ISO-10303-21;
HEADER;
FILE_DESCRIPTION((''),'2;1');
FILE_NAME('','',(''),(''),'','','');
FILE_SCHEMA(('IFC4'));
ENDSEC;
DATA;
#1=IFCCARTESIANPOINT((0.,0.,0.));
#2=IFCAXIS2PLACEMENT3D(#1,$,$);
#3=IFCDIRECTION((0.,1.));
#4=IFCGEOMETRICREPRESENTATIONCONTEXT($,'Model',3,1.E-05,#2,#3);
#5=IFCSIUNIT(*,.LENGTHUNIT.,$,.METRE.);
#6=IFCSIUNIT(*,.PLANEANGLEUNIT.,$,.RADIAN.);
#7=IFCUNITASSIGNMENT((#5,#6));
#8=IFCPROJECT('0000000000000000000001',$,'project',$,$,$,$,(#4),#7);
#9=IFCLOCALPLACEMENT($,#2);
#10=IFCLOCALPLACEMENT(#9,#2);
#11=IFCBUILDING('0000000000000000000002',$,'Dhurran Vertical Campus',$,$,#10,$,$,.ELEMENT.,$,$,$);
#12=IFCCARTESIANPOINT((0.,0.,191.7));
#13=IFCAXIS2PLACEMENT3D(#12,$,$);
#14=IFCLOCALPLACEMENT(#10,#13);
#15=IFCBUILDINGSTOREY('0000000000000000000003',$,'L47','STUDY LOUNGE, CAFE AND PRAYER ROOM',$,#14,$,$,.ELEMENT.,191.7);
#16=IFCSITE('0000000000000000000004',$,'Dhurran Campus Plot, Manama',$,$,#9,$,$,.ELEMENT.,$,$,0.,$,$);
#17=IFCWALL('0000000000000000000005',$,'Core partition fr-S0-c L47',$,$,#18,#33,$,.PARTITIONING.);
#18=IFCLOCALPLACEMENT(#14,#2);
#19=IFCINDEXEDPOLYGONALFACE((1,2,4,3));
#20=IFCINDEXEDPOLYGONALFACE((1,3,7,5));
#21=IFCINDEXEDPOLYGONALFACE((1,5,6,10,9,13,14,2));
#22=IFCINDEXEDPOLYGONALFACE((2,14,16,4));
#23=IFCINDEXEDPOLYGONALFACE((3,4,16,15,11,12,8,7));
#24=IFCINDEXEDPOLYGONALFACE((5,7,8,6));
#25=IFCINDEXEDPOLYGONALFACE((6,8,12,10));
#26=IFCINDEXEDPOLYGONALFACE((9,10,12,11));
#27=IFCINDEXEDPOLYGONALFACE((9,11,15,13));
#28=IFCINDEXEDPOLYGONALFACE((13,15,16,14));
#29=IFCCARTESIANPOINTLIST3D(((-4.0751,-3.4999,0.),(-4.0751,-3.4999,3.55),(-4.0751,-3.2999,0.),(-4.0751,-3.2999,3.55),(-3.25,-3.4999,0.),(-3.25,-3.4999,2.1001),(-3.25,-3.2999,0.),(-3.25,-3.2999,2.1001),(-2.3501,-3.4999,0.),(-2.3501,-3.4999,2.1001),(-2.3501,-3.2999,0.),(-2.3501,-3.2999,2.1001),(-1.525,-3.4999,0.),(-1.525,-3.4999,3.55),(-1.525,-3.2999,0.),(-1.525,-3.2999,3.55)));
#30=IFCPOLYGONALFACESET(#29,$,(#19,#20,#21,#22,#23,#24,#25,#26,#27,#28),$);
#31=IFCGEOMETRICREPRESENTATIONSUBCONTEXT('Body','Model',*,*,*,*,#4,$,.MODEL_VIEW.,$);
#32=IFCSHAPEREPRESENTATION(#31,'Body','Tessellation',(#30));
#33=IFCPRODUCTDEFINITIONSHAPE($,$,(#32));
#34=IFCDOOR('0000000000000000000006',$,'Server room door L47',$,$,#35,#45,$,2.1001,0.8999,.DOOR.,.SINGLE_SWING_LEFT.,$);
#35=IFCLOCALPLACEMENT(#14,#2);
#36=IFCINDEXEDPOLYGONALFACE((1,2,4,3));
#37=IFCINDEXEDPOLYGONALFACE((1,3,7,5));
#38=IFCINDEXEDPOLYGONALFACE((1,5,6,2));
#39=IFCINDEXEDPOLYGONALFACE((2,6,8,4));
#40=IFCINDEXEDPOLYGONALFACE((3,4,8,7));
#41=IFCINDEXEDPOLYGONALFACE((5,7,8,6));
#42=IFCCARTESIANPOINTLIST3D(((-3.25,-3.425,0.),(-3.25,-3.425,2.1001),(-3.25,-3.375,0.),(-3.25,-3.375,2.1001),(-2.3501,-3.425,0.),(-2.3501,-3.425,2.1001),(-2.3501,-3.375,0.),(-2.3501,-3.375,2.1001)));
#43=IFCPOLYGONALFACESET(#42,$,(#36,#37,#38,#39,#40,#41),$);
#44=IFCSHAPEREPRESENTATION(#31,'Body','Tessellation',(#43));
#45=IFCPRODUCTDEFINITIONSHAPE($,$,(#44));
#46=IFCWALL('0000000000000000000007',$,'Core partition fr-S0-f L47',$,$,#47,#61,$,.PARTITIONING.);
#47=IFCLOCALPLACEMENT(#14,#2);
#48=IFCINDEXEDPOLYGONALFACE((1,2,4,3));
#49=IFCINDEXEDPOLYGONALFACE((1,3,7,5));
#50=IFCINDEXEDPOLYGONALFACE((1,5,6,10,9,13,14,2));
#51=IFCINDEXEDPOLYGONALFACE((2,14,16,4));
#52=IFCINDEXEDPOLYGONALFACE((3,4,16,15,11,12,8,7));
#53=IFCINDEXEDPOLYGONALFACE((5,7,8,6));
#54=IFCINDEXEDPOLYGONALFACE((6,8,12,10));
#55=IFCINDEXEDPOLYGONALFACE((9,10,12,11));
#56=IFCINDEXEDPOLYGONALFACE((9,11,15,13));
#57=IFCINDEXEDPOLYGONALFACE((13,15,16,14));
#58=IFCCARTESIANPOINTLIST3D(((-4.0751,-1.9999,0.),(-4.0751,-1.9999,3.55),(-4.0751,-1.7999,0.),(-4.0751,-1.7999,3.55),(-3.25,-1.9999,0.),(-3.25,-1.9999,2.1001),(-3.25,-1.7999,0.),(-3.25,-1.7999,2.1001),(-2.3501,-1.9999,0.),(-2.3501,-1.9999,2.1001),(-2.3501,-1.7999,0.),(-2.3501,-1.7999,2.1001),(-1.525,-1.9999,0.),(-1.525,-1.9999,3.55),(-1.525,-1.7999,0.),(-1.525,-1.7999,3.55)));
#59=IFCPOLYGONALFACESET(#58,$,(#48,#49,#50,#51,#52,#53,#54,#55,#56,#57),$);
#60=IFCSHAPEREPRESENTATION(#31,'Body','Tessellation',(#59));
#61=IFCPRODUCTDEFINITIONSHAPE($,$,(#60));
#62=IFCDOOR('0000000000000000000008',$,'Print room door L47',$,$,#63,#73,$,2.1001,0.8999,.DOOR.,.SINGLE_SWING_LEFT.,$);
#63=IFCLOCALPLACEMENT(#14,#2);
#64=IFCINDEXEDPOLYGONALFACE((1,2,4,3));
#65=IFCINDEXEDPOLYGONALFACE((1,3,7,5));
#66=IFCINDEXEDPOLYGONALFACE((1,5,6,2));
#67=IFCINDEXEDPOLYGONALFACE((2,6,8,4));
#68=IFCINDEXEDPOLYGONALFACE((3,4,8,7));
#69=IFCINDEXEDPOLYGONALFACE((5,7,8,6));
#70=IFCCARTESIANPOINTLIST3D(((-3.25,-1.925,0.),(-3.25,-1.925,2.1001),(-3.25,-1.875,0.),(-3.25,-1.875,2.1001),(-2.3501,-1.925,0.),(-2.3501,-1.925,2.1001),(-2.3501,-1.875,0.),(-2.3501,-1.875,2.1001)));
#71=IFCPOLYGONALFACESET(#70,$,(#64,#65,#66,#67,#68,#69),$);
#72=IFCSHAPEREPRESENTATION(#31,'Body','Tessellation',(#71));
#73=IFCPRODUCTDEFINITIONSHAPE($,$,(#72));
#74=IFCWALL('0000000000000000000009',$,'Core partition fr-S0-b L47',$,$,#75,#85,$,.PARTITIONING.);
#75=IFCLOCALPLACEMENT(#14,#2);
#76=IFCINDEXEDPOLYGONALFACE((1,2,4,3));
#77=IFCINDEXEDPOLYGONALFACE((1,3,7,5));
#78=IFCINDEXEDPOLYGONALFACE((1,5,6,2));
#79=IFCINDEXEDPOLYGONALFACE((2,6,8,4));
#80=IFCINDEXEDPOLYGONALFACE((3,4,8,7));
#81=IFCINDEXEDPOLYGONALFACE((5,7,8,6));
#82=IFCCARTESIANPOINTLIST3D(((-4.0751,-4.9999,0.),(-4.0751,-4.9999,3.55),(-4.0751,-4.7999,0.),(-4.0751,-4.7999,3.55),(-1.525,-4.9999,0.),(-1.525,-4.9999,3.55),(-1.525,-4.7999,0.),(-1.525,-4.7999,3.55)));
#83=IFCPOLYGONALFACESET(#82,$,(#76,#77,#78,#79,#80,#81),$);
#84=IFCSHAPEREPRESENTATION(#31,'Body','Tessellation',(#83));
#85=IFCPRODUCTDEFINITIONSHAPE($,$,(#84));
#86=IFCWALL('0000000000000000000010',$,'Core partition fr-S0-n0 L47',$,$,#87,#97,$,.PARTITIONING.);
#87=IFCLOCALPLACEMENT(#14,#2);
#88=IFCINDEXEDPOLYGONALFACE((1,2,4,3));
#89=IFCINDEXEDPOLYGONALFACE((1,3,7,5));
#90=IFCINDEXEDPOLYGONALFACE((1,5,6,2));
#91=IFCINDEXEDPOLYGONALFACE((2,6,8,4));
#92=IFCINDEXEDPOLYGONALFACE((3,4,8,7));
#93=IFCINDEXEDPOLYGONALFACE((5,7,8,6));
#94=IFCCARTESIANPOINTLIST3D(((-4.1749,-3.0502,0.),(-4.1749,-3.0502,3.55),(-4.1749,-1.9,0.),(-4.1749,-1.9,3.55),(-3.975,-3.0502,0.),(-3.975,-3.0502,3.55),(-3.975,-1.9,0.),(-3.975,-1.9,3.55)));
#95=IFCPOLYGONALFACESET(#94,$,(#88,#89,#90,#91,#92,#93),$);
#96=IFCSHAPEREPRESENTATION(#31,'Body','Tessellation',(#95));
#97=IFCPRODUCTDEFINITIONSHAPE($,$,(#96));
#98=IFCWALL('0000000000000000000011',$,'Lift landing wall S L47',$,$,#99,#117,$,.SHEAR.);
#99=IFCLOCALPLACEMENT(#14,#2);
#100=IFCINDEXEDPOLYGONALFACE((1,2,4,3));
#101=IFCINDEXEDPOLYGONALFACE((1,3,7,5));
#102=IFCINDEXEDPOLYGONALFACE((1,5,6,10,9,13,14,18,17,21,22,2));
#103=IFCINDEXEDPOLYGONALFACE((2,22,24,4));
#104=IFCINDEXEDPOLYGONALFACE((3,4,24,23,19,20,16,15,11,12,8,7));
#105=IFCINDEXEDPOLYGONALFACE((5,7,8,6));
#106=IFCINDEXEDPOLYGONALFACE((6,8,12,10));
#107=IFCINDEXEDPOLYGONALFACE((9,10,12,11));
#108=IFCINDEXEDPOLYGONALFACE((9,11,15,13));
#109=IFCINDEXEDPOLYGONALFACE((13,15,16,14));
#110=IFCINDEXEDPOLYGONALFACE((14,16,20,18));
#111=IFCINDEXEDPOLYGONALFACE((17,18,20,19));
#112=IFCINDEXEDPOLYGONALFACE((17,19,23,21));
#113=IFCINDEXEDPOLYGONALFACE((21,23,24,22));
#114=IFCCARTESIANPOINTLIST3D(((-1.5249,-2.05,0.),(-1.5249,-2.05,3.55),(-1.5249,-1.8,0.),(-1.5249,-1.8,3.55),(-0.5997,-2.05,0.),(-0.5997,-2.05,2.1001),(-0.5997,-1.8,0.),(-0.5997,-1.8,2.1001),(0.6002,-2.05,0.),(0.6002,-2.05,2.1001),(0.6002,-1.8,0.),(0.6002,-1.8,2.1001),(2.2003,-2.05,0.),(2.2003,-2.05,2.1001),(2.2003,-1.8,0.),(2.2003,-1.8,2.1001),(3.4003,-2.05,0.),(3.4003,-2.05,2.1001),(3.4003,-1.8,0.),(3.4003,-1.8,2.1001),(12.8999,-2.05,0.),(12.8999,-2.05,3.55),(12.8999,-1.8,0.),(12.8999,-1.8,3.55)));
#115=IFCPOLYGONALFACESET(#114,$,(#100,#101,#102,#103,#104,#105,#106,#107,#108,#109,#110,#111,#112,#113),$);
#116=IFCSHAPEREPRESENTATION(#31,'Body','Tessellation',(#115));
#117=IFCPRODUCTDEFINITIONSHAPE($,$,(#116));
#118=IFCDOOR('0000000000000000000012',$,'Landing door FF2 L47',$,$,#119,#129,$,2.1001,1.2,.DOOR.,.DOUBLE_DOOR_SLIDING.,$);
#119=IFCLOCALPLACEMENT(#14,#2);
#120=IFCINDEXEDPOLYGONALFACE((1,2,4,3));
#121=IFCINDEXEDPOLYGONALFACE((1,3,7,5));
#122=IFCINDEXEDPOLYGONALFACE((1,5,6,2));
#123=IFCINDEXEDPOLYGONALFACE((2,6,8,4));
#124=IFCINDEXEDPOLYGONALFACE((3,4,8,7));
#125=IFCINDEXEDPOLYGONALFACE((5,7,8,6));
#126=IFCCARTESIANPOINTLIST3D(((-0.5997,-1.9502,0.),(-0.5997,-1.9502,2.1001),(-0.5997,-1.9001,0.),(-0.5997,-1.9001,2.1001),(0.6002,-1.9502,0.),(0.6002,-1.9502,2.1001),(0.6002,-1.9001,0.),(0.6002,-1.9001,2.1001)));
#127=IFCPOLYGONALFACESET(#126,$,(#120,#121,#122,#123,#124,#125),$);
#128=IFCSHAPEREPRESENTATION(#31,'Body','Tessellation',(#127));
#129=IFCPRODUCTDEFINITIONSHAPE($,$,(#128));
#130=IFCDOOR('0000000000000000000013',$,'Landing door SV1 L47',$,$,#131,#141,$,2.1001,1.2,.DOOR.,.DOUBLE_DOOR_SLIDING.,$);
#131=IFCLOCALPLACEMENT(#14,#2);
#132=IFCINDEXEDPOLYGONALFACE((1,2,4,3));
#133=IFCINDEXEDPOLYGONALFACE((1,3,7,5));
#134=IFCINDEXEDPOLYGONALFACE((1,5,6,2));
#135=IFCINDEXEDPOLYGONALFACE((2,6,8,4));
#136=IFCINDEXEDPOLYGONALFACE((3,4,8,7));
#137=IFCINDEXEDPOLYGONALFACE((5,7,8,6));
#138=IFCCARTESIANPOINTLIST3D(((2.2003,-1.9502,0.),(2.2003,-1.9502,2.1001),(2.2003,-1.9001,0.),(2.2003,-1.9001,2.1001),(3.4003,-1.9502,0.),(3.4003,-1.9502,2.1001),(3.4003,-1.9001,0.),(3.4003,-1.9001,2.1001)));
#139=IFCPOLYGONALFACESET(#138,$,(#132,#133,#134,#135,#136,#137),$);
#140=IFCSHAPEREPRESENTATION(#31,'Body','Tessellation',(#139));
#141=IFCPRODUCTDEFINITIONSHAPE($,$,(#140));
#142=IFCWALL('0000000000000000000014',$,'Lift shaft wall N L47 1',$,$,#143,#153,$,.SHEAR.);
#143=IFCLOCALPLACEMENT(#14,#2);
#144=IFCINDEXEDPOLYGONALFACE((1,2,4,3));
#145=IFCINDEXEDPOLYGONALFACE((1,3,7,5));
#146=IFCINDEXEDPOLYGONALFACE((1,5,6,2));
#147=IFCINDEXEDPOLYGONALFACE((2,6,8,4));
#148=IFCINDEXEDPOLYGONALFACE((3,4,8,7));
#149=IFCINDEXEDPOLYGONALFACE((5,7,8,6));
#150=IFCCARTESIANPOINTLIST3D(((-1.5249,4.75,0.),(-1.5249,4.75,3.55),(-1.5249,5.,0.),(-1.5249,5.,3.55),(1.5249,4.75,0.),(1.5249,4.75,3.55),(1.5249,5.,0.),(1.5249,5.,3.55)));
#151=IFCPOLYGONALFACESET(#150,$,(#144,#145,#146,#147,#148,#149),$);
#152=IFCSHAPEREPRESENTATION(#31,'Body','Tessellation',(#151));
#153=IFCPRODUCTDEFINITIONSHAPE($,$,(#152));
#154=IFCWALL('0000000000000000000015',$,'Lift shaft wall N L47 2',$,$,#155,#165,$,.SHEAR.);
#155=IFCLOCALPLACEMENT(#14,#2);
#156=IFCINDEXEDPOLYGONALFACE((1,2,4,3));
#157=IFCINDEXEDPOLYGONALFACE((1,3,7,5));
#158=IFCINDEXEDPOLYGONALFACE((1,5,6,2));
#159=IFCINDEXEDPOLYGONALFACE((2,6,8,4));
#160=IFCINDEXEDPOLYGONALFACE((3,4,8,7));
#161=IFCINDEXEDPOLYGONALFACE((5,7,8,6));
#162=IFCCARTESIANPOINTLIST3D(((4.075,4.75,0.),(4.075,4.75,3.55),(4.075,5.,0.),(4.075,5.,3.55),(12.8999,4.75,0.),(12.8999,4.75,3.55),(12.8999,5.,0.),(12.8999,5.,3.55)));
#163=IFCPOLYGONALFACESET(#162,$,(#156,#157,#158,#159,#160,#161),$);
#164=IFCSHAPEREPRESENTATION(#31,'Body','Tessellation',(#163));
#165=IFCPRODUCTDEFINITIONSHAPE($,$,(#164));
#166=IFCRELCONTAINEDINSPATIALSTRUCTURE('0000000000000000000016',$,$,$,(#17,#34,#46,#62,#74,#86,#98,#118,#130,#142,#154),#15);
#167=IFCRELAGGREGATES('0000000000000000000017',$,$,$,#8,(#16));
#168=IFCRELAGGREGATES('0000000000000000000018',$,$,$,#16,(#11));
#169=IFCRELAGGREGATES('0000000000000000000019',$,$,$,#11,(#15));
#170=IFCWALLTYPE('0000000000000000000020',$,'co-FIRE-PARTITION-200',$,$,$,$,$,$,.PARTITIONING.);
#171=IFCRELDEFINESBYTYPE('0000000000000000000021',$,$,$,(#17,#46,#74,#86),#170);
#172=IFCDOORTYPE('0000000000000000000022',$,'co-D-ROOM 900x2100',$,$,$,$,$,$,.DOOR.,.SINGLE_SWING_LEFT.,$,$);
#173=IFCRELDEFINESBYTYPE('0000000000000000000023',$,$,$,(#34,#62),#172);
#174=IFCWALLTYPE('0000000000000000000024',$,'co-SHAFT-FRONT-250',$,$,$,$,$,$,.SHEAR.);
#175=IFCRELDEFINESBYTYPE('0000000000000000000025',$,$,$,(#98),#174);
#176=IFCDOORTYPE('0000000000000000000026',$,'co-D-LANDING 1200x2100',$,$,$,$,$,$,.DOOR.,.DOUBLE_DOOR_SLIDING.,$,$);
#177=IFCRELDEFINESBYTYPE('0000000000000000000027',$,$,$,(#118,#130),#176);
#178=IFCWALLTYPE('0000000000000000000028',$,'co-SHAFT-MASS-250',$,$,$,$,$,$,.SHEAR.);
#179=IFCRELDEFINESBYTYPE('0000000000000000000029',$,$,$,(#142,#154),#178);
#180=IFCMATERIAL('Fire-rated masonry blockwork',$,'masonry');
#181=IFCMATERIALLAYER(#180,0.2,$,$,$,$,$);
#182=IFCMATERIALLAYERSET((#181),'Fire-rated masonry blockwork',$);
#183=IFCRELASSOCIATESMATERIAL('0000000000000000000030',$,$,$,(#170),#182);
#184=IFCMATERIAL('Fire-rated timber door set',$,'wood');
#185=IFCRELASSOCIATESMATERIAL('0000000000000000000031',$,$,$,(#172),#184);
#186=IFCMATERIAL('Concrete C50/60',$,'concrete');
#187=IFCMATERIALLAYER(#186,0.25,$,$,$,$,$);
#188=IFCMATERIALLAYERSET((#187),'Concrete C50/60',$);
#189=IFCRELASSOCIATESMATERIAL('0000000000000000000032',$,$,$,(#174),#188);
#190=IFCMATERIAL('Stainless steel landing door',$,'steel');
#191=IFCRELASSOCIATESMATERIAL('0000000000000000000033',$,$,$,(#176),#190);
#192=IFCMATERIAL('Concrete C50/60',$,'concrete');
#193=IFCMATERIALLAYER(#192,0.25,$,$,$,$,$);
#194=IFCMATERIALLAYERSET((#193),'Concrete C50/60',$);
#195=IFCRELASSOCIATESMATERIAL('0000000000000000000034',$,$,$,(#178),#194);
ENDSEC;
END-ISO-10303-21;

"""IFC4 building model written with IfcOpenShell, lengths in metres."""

from ifc_helpers import new_model, si_unit, direction, frame, frame_2d, origin, place, context, subcontext, project, spatial, polyline, rectangle, outline, extrude, material, layer, layer_set, type_object, element, fill, save


model = new_model("IFC4")

# Units and contexts
model_context = context("Model", 3, precision=1e-05, world=origin(), true_north=direction((0.0, 1.0)))
body_context = subcontext(model_context, "Body", "Model", "MODEL_VIEW")
ifc_project = project(units=[si_unit("LENGTHUNIT", "METRE"), si_unit("PLANEANGLEUNIT", "RADIAN")], contexts=[model_context])

# Site, building, storey
site_placement = place(None, origin())
site = spatial("IfcSite", under=ifc_project, at=site_placement, Name="Dhurran Campus Plot, Manama", CompositionType="ELEMENT", RefElevation=0.0)
building_placement = place(site_placement, origin())
building = spatial("IfcBuilding", under=site, at=building_placement, Name="Dhurran Vertical Campus", CompositionType="ELEMENT")
storey_placement = place(building_placement, frame((0.0, 0.0, 191.7)))
storey = spatial("IfcBuildingStorey", under=building, at=storey_placement, Name="L47", Description="STUDY LOUNGE, CAFE AND PRAYER ROOM", CompositionType="ELEMENT", Elevation=191.7)

# Shared definitions
ifc_material_1 = material(Name="Fire-rated masonry blockwork", Category="masonry")
ifc_layer_1 = layer(ifc_material_1, 0.2)
ifc_layer_set_1 = layer_set([ifc_layer_1], Name="Fire-rated masonry blockwork")
wall_type_1 = type_object("IfcWallType", Name="co-FIRE-PARTITION-200", PredefinedType="PARTITIONING", material=ifc_layer_set_1)

# Walls, openings, doors
wall_1_placement = place(storey_placement, frame((-4.075, -3.3999, 0.0), z_axis=(0.0, 0.0, 1.0), x_axis=(1.0, 0.0, 0.0)))
wall_1 = element("IfcWall", 1, at=wall_1_placement, inside=storey, type_object=wall_type_1, Name="Core partition fr-S0-c L47", PredefinedType="PARTITIONING", context=body_context, shape_type="SweptSolid", body=[
    extrude(rectangle(XDim=2.55, YDim=0.2, at=frame_2d((1.2749, 0.0))), origin(), (0.0, 0.0, 1.0), 3.55),
])
opening_1_placement = place(wall_1_placement, frame((0.825, 0.0, 0.0)))
opening_1 = element("IfcOpeningElement", 2, at=opening_1_placement, cuts=wall_1, PredefinedType="OPENING", context=body_context, shape_type="SweptSolid", body=[
    extrude(rectangle(XDim=0.8999, YDim=2.1001, at=frame_2d((0.45, 1.05))), frame((0.0, 0.1099, 0.0), z_axis=(0.0, -1.0, 0.0), x_axis=(1.0, 0.0, 0.0)), (0.0, 0.0, 1.0), 0.22),
])
ifc_material_2 = material(Name="Fire-rated timber door set", Category="wood")
door_type_1 = type_object("IfcDoorType", Name="co-D-ROOM 900x2100", OperationType="SINGLE_SWING_LEFT", PredefinedType="DOOR", material=ifc_material_2)
door_1_placement = place(opening_1_placement, origin())
door_1 = element("IfcDoor", 3, at=door_1_placement, inside=storey, type_object=door_type_1, Name="Server room door L47", OperationType="SINGLE_SWING_LEFT", OverallHeight=2.1001, OverallWidth=0.8999, PredefinedType="DOOR", context=body_context, shape_type="SweptSolid", body=[
    extrude(rectangle(XDim=0.8999, YDim=2.1001, at=frame_2d((0.45, 1.05))), frame((0.0, 0.0249, 0.0), z_axis=(0.0, -1.0, 0.0), x_axis=(1.0, 0.0, 0.0)), (0.0, 0.0, 1.0), 0.05),
])
fill(opening_1, door_1)
wall_2_placement = place(storey_placement, frame((-4.075, -1.8999, 0.0), z_axis=(0.0, 0.0, 1.0), x_axis=(1.0, 0.0, 0.0)))
wall_2 = element("IfcWall", 4, at=wall_2_placement, inside=storey, type_object=wall_type_1, Name="Core partition fr-S0-f L47", PredefinedType="PARTITIONING", context=body_context, shape_type="SweptSolid", body=[
    extrude(rectangle(XDim=2.55, YDim=0.2, at=frame_2d((1.2749, 0.0))), origin(), (0.0, 0.0, 1.0), 3.55),
])
opening_2_placement = place(wall_2_placement, frame((0.825, 0.0, 0.0)))
opening_2 = element("IfcOpeningElement", 5, at=opening_2_placement, cuts=wall_2, PredefinedType="OPENING", context=body_context, shape_type="SweptSolid", body=[
    extrude(rectangle(XDim=0.8999, YDim=2.1001, at=frame_2d((0.45, 1.05))), frame((0.0, 0.1099, 0.0), z_axis=(0.0, -1.0, 0.0), x_axis=(1.0, 0.0, 0.0)), (0.0, 0.0, 1.0), 0.22),
])
door_2_placement = place(opening_2_placement, origin())
door_2 = element("IfcDoor", 6, at=door_2_placement, inside=storey, type_object=door_type_1, Name="Print room door L47", OperationType="SINGLE_SWING_LEFT", OverallHeight=2.1001, OverallWidth=0.8999, PredefinedType="DOOR", context=body_context, shape_type="SweptSolid", body=[
    extrude(rectangle(XDim=0.8999, YDim=2.1001, at=frame_2d((0.45, 1.05))), frame((0.0, 0.0249, 0.0), z_axis=(0.0, -1.0, 0.0), x_axis=(1.0, 0.0, 0.0)), (0.0, 0.0, 1.0), 0.05),
])
fill(opening_2, door_2)

# Walls
wall_3_placement = place(storey_placement, frame((-4.075, -4.8999, 0.0), z_axis=(0.0, 0.0, 1.0), x_axis=(1.0, 0.0, 0.0)))
element("IfcWall", 7, at=wall_3_placement, inside=storey, type_object=wall_type_1, Name="Core partition fr-S0-b L47", PredefinedType="PARTITIONING", context=body_context, shape_type="SweptSolid", body=[
    extrude(rectangle(XDim=2.55, YDim=0.2, at=frame_2d((1.2749, 0.0))), origin(), (0.0, 0.0, 1.0), 3.55),
])
wall_4_placement = place(storey_placement, frame((-4.075, -1.8999, 0.0), z_axis=(0.0, 0.0, 1.0), x_axis=(0.0, -1.0, 0.0)))
element("IfcWall", 8, at=wall_4_placement, inside=storey, type_object=wall_type_1, Name="Core partition fr-S0-n0 L47", PredefinedType="PARTITIONING", context=body_context, shape_type="SweptSolid", body=[
    extrude(rectangle(XDim=1.1501, YDim=0.2, at=frame_2d((0.5752, 0.0))), origin(), (0.0, 0.0, 1.0), 3.55),
])

# Wall, openings, doors
ifc_material_3 = material(Name="Concrete C50/60", Category="concrete")
ifc_layer_2 = layer(ifc_material_3, 0.25)
ifc_layer_set_2 = layer_set([ifc_layer_2], Name="Concrete C50/60")
wall_type_2 = type_object("IfcWallType", Name="co-SHAFT-FRONT-250", PredefinedType="SHEAR", material=ifc_layer_set_2)
wall_5_placement = place(storey_placement, frame((-1.5249, -1.925, 0.0), z_axis=(0.0, 0.0, 1.0), x_axis=(1.0, 0.0, 0.0)))
wall_5 = element("IfcWall", 9, at=wall_5_placement, inside=storey, type_object=wall_type_2, Name="Lift landing wall S L47", PredefinedType="SHEAR", context=body_context, shape_type="SweptSolid", body=[
    extrude(rectangle(XDim=14.4248, YDim=0.25, at=frame_2d((7.2124, 0.0))), origin(), (0.0, 0.0, 1.0), 3.55),
])
opening_3_placement = place(wall_5_placement, frame((0.925, 0.0, 0.0)))
opening_3 = element("IfcOpeningElement", 10, at=opening_3_placement, cuts=wall_5, PredefinedType="OPENING", context=body_context, shape_type="SweptSolid", body=[
    extrude(rectangle(XDim=1.2, YDim=2.1001, at=frame_2d((0.6001, 1.05))), frame((0.0, 0.135, 0.0), z_axis=(0.0, -1.0, 0.0), x_axis=(1.0, 0.0, 0.0)), (0.0, 0.0, 1.0), 0.27),
])
opening_4_placement = place(wall_5_placement, frame((3.7251, 0.0, 0.0)))
opening_4 = element("IfcOpeningElement", 11, at=opening_4_placement, cuts=wall_5, PredefinedType="OPENING", context=body_context, shape_type="SweptSolid", body=[
    extrude(rectangle(XDim=1.2, YDim=2.1001, at=frame_2d((0.6001, 1.05))), frame((0.0, 0.135, 0.0), z_axis=(0.0, -1.0, 0.0), x_axis=(1.0, 0.0, 0.0)), (0.0, 0.0, 1.0), 0.27),
])
ifc_material_4 = material(Name="Stainless steel landing door", Category="steel")
door_type_2 = type_object("IfcDoorType", Name="co-D-LANDING 1200x2100", OperationType="DOUBLE_DOOR_SLIDING", PredefinedType="DOOR", material=ifc_material_4)
door_3_placement = place(opening_3_placement, origin())
door_3 = element("IfcDoor", 12, at=door_3_placement, inside=storey, type_object=door_type_2, Name="Landing door FF2 L47", OperationType="DOUBLE_DOOR_SLIDING", OverallHeight=2.1001, OverallWidth=1.2, PredefinedType="DOOR", context=body_context, shape_type="SweptSolid", body=[
    extrude(rectangle(XDim=1.2, YDim=2.1001, at=frame_2d((0.6001, 1.05))), frame((0.0, 0.0249, 0.0), z_axis=(0.0, -1.0, 0.0), x_axis=(1.0, 0.0, 0.0)), (0.0, 0.0, 1.0), 0.05),
])
fill(opening_3, door_3)
door_4_placement = place(opening_4_placement, origin())
door_4 = element("IfcDoor", 13, at=door_4_placement, inside=storey, type_object=door_type_2, Name="Landing door SV1 L47", OperationType="DOUBLE_DOOR_SLIDING", OverallHeight=2.1001, OverallWidth=1.2, PredefinedType="DOOR", context=body_context, shape_type="SweptSolid", body=[
    extrude(rectangle(XDim=1.2, YDim=2.1001, at=frame_2d((0.6001, 1.05))), frame((0.0, 0.0249, 0.0), z_axis=(0.0, -1.0, 0.0), x_axis=(1.0, 0.0, 0.0)), (0.0, 0.0, 1.0), 0.05),
])
fill(opening_4, door_4)

# Walls
ifc_material_5 = material(Name="Concrete C50/60", Category="concrete")
ifc_layer_3 = layer(ifc_material_5, 0.25)
ifc_layer_set_3 = layer_set([ifc_layer_3], Name="Concrete C50/60")
wall_type_3 = type_object("IfcWallType", Name="co-SHAFT-MASS-250", PredefinedType="SHEAR", material=ifc_layer_set_3)
wall_6_placement = place(storey_placement, origin())
element("IfcWall", 14, at=wall_6_placement, inside=storey, type_object=wall_type_3, Name="Lift shaft wall N L47 1", PredefinedType="SHEAR", context=body_context, shape_type="SweptSolid", body=[
    extrude(outline(polyline([(-1.5249, 4.75), (1.5249, 4.75), (1.5249, 5.0), (-1.5249, 5.0), (-1.5249, 4.75)])), origin(), (0.0, 0.0, 1.0), 3.55),
])
wall_7_placement = place(storey_placement, origin())
element("IfcWall", 15, at=wall_7_placement, inside=storey, type_object=wall_type_3, Name="Lift shaft wall N L47 2", PredefinedType="SHEAR", context=body_context, shape_type="SweptSolid", body=[
    extrude(outline(polyline([(4.075, 4.75), (12.8999, 4.75), (12.8999, 5.0), (4.075, 5.0), (4.075, 4.75)])), origin(), (0.0, 0.0, 1.0), 3.55),
])

save(model, "model.ifc")
